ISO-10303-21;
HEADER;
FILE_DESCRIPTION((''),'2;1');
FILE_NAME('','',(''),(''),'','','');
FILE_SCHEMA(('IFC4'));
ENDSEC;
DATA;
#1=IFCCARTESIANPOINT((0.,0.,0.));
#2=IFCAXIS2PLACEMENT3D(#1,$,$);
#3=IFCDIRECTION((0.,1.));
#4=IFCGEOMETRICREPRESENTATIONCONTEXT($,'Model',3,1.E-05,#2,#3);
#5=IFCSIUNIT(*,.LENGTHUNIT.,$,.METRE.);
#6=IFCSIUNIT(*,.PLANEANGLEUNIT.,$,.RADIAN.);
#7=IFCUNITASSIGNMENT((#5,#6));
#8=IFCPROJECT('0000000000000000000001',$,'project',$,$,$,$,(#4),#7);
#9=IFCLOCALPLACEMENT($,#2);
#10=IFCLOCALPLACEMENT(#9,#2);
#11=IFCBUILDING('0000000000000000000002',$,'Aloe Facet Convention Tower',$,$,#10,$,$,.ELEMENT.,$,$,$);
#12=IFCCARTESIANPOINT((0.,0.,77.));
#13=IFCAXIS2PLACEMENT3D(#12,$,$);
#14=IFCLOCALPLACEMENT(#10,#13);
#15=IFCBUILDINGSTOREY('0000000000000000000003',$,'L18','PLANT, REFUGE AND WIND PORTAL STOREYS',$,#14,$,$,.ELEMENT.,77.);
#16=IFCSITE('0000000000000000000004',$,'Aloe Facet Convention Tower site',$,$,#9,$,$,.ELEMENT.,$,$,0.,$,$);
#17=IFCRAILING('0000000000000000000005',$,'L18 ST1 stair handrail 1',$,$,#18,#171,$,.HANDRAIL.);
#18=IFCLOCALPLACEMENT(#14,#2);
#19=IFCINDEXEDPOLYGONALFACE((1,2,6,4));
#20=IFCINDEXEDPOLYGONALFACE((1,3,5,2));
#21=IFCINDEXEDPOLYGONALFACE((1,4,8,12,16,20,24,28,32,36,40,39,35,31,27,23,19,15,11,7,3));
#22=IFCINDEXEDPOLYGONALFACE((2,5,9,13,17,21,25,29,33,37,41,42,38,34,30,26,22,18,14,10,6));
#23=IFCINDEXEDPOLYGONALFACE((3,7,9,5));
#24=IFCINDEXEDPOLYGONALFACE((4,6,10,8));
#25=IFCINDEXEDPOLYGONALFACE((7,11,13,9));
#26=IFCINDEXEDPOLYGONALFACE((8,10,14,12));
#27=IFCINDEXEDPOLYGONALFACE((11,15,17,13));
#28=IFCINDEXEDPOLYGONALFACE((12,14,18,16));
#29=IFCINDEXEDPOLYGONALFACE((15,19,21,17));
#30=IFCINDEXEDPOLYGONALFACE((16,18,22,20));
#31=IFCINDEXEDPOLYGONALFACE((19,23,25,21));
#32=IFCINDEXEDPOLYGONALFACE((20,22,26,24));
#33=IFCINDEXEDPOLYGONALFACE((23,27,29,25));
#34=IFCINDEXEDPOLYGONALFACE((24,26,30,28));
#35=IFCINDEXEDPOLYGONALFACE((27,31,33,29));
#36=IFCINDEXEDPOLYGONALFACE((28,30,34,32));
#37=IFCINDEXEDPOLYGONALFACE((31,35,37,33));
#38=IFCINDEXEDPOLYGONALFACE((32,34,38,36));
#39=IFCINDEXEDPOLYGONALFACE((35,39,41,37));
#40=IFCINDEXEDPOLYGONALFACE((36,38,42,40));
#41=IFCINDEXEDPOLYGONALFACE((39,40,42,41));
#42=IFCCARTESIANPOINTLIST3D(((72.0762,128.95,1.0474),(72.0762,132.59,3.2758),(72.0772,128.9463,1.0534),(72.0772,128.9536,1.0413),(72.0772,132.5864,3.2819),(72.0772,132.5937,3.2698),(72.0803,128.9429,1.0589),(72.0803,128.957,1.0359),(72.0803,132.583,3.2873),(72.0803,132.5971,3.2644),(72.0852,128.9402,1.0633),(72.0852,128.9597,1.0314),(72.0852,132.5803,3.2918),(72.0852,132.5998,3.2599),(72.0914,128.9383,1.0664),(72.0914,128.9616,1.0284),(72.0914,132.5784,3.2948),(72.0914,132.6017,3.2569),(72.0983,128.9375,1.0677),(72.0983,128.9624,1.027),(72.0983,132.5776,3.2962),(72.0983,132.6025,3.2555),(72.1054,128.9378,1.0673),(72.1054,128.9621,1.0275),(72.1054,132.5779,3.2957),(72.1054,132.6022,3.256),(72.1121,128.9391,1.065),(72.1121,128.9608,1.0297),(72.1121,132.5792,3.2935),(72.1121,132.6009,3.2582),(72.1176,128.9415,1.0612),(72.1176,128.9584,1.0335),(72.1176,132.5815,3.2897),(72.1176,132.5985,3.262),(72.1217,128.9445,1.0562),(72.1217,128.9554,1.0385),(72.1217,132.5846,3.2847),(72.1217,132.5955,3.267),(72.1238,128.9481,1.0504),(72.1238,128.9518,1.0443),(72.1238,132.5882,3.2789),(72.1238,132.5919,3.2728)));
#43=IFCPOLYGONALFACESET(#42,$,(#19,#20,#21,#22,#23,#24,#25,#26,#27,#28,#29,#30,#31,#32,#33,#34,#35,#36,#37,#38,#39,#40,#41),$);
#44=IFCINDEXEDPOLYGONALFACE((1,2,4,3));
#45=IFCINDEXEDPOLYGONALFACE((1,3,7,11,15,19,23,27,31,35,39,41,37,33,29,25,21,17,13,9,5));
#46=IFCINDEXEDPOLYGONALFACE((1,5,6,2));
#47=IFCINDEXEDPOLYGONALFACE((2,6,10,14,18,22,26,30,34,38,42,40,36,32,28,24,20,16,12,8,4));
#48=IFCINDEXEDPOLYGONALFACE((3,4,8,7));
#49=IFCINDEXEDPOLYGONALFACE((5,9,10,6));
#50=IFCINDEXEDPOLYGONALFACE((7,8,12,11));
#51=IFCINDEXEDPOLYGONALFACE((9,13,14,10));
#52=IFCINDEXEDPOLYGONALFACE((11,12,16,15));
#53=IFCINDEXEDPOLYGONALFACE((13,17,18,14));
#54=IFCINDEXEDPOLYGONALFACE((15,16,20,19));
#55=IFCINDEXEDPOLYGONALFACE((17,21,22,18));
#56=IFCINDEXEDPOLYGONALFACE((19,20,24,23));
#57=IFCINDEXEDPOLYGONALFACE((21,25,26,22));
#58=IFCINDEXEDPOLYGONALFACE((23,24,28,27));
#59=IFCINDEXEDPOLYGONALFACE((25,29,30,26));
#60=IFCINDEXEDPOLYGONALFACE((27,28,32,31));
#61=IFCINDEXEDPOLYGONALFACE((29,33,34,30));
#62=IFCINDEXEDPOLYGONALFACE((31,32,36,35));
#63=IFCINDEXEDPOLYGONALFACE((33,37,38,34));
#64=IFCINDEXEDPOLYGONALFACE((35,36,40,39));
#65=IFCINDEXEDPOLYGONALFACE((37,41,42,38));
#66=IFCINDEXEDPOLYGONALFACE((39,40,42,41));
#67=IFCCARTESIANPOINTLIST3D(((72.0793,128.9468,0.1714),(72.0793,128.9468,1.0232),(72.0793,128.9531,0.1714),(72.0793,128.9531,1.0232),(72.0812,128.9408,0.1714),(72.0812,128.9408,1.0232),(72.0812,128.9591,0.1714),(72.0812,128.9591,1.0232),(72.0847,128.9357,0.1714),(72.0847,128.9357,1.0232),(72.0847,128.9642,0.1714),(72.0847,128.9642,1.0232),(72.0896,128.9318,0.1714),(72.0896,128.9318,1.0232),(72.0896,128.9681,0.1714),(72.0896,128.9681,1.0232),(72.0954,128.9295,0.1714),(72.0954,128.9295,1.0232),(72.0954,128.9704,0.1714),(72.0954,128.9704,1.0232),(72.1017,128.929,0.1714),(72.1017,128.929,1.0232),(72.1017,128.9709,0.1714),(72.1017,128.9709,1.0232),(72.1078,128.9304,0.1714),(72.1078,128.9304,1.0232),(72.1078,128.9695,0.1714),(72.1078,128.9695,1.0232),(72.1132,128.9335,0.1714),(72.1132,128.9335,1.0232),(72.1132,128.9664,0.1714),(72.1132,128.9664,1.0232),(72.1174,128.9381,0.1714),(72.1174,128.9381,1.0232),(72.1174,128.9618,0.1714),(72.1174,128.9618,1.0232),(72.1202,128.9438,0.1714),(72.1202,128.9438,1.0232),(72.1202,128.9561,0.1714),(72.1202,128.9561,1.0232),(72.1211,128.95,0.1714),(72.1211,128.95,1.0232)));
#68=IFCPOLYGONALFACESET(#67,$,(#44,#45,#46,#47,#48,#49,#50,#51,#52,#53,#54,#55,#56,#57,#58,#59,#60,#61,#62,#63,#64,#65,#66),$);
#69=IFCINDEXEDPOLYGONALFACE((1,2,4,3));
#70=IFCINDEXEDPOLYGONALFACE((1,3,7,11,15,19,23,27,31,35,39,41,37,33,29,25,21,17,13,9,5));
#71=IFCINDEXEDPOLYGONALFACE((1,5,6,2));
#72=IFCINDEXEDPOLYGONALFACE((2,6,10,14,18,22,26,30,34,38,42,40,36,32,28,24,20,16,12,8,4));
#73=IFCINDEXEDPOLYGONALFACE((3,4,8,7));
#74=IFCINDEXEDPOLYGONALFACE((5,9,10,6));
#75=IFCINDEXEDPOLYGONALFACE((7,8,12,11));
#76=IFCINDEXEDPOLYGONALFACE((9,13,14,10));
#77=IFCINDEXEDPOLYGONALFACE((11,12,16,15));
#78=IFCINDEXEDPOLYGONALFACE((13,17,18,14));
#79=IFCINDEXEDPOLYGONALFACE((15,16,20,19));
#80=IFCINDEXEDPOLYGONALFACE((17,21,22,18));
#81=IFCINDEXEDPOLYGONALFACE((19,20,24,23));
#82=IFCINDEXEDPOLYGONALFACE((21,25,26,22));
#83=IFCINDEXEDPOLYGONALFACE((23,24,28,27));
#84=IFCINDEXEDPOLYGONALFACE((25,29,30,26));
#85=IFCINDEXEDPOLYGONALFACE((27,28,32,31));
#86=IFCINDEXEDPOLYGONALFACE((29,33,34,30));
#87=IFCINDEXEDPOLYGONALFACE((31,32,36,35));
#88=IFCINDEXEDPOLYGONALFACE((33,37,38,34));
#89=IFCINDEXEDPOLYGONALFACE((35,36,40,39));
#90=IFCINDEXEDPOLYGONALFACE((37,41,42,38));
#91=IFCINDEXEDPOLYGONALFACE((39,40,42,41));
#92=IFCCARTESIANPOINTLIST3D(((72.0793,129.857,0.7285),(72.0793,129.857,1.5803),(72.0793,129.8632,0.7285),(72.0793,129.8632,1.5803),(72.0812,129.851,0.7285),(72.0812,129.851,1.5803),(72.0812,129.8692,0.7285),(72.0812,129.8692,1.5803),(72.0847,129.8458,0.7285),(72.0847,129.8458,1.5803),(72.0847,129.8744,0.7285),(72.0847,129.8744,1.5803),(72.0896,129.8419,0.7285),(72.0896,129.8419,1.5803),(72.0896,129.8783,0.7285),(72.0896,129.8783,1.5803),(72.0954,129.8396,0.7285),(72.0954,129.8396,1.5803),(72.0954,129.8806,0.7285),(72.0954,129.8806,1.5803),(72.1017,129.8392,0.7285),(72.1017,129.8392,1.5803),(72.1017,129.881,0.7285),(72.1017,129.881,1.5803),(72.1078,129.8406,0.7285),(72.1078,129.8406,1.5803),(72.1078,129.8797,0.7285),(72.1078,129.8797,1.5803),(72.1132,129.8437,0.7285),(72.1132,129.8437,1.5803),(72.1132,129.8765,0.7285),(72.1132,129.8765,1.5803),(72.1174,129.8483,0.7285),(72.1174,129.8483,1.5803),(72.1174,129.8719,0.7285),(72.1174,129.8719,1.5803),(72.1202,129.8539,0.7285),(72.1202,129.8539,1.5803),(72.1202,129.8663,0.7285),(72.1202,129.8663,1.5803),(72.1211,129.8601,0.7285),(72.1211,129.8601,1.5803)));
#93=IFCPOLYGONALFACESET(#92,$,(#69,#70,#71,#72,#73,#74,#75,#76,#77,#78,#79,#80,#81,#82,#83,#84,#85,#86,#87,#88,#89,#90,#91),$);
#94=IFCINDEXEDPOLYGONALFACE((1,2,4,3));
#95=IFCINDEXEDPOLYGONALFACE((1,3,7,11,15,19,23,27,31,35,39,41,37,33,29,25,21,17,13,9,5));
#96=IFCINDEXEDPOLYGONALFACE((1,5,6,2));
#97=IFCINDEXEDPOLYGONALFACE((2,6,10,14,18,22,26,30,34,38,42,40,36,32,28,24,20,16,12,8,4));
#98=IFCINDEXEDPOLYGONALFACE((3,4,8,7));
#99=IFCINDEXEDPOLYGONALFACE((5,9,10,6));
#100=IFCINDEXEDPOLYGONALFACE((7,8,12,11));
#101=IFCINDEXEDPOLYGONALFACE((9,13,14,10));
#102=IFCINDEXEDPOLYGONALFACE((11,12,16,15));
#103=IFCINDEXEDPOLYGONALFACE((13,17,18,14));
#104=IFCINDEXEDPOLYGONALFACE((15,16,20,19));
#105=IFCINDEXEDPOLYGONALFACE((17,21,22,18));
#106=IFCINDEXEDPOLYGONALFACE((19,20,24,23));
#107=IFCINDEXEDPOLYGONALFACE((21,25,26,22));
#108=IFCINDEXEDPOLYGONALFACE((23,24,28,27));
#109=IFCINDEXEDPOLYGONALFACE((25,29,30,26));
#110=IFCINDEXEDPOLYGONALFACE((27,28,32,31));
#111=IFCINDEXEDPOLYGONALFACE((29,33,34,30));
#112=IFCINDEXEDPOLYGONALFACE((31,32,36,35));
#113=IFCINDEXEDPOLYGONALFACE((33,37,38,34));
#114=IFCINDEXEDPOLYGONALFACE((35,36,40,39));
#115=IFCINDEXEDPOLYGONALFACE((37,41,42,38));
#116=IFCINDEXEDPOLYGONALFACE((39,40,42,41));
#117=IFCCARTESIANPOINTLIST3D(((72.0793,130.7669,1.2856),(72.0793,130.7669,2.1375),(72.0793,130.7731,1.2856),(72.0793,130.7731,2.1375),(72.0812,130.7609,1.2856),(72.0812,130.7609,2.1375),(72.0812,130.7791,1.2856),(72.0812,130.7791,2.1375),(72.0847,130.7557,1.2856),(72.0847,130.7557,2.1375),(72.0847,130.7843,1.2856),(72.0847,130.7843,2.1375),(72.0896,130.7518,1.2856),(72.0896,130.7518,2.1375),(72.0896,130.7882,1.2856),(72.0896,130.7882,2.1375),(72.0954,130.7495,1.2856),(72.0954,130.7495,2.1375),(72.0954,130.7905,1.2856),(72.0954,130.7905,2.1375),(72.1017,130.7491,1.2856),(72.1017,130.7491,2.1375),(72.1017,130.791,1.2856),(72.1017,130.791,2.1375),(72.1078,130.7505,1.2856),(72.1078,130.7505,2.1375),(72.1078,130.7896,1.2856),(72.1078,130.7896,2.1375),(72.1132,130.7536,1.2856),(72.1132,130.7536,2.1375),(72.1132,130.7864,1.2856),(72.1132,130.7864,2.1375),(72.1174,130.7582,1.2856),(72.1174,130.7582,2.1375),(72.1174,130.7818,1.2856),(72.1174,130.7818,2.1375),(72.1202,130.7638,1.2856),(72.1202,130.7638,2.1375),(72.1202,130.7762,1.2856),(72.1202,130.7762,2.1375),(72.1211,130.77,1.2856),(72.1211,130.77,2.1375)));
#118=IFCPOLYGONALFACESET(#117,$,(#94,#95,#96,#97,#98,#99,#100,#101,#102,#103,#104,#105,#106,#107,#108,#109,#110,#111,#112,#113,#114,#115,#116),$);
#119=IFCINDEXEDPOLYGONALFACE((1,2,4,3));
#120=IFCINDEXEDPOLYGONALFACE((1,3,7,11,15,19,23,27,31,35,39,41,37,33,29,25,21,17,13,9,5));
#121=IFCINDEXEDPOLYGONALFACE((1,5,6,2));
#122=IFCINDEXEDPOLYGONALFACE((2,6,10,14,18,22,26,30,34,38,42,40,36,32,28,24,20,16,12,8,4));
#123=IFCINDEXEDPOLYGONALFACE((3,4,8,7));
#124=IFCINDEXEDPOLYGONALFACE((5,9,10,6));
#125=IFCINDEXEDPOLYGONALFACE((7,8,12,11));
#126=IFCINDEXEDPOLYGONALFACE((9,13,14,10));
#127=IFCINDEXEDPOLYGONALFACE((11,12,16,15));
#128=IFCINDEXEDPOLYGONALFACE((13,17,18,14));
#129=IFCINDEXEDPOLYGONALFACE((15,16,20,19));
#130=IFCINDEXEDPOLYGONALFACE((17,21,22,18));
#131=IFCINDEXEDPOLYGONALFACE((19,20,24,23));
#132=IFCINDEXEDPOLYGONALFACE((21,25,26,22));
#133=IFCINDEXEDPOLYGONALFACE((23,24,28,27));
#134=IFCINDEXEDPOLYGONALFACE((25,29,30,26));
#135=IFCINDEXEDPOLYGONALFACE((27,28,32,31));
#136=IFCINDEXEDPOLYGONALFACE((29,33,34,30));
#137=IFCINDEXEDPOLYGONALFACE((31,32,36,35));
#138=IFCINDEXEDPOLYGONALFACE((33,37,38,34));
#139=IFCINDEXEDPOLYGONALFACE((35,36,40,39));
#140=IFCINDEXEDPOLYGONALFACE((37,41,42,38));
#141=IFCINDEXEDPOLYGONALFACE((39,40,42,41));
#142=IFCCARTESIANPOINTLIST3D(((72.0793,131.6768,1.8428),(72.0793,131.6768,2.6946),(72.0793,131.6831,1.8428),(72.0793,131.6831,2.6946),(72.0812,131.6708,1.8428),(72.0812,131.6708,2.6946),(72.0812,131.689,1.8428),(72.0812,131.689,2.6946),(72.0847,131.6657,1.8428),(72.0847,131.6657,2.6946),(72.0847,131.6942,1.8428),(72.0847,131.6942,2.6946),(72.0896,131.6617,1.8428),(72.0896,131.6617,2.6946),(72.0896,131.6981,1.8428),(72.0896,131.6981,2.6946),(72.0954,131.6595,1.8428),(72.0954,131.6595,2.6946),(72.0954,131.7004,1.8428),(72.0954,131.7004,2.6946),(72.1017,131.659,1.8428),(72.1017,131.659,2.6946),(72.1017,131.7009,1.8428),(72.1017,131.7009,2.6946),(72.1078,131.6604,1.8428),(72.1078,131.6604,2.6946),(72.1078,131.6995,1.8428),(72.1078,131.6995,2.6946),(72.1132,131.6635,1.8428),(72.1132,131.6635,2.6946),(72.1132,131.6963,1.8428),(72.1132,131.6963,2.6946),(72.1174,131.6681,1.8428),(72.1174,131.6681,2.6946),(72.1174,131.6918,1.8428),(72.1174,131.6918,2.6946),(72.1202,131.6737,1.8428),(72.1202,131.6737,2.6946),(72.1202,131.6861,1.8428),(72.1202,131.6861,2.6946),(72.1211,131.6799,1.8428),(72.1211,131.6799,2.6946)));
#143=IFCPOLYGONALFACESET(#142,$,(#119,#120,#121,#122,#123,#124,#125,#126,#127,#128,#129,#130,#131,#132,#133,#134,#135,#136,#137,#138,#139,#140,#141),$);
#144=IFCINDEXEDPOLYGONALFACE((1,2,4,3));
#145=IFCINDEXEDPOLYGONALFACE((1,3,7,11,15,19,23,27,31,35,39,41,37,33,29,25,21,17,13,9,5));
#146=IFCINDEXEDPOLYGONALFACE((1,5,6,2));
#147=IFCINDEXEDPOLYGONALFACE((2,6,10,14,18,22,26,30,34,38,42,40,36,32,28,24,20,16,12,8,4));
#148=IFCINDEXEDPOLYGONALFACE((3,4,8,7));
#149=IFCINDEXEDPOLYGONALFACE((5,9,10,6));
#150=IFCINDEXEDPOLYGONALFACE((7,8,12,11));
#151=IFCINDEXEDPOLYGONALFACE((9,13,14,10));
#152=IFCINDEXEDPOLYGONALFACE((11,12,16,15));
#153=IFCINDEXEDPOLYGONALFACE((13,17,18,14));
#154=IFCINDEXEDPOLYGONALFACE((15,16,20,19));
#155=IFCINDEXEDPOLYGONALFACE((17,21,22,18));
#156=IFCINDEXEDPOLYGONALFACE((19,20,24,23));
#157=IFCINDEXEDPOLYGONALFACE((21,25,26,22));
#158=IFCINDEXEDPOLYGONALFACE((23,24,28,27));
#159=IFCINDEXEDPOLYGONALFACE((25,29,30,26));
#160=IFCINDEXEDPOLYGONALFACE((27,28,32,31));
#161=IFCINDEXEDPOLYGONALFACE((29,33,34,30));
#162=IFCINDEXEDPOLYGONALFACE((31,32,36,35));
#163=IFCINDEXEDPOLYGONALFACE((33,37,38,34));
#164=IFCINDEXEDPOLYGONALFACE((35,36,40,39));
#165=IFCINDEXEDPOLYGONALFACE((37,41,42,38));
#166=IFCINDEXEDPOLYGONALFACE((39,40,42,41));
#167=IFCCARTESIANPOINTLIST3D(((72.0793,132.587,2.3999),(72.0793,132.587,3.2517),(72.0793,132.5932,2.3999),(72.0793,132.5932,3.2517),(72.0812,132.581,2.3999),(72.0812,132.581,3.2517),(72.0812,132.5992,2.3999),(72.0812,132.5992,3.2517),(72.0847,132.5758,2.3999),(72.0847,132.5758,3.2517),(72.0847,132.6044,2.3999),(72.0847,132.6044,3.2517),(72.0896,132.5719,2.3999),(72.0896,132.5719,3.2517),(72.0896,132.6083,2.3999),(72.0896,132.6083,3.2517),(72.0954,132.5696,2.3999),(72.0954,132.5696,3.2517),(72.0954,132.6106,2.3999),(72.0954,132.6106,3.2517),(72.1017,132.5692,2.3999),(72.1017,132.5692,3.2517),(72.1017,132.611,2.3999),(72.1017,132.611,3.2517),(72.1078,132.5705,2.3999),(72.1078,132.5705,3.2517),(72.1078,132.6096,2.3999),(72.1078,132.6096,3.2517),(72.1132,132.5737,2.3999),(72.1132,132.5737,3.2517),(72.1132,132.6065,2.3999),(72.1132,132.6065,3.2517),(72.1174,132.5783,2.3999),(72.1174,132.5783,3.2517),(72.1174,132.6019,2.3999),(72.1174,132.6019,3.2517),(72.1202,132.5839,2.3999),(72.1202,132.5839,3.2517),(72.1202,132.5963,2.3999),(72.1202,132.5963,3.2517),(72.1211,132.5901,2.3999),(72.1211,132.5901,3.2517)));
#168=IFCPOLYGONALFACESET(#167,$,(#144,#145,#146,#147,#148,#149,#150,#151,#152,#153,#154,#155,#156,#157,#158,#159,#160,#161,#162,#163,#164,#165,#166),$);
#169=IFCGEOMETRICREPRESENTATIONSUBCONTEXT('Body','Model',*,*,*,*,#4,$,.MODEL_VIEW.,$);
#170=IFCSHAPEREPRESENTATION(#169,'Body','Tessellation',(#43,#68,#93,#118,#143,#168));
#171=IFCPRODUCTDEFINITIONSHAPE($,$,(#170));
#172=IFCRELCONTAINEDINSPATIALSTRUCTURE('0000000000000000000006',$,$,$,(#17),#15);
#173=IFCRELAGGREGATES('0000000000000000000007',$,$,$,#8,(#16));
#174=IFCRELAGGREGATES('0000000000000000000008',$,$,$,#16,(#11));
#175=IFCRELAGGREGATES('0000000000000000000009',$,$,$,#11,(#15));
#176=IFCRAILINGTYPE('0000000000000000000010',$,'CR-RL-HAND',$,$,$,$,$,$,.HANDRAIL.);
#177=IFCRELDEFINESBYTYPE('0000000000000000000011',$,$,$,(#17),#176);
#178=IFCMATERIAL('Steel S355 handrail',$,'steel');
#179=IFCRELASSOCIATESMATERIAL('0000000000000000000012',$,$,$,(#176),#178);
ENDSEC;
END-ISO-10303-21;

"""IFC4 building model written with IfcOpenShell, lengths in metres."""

from ifc_helpers import new_model, si_unit, direction, frame, origin, origin_2d, place, context, subcontext, project, spatial, circle, extrude, material, type_object, element, save


model = new_model("IFC4")

# Units and contexts
model_context = context("Model", 3, precision=1e-05, world=origin(), true_north=direction((0.0, 1.0)))
body_context = subcontext(model_context, "Body", "Model", "MODEL_VIEW")
ifc_project = project(units=[si_unit("LENGTHUNIT", "METRE"), si_unit("PLANEANGLEUNIT", "RADIAN")], contexts=[model_context])

# Site, building, storey
site_placement = place(None, origin())
site = spatial("IfcSite", under=ifc_project, at=site_placement, Name="Aloe Facet Convention Tower site", CompositionType="ELEMENT", RefElevation=0.0)
building_placement = place(site_placement, origin())
building = spatial("IfcBuilding", under=site, at=building_placement, Name="Aloe Facet Convention Tower", CompositionType="ELEMENT")
storey_placement = place(building_placement, frame((0.0, 0.0, 77.0)))
storey = spatial("IfcBuildingStorey", under=building, at=storey_placement, Name="L18", Description="PLANT, REFUGE AND WIND PORTAL STOREYS", CompositionType="ELEMENT", Elevation=77.0)

# Railing
ifc_material_1 = material(Name="Steel S355 handrail", Category="steel")
railing_type_1 = type_object("IfcRailingType", Name="CR-RL-HAND", PredefinedType="HANDRAIL", material=ifc_material_1)
railing_1_placement = place(storey_placement, frame((72.1001, 128.95, 0.1714)))
element("IfcRailing", 1, at=railing_1_placement, inside=storey, type_object=railing_type_1, Name="L18 ST1 stair handrail 1", PredefinedType="HANDRAIL", context=body_context, shape_type="SweptSolid", body=[
    extrude(circle(Radius=0.0239, at=origin_2d()), frame((0.0, 0.0, 0.876), z_axis=(0.0, 0.852866, 0.52213), x_axis=(-1.0, 0.0, 0.0)), (0.0, 0.0, 1.0), 4.2681),
    extrude(circle(Radius=0.021, at=origin_2d()), origin(), (0.0, 0.0, 1.0), 0.8518),
    extrude(circle(Radius=0.021, at=origin_2d()), frame((0.0, 0.9102, 0.5571)), (0.0, 0.0, 1.0), 0.8518),
    extrude(circle(Radius=0.021, at=origin_2d()), frame((0.0, 1.8201, 1.1143)), (0.0, 0.0, 1.0), 0.8518),
    extrude(circle(Radius=0.021, at=origin_2d()), frame((0.0, 2.73, 1.6714)), (0.0, 0.0, 1.0), 0.8518),
    extrude(circle(Radius=0.021, at=origin_2d()), frame((0.0, 3.6401, 2.2285)), (0.0, 0.0, 1.0), 0.8518),
])

save(model, "model.ifc")
